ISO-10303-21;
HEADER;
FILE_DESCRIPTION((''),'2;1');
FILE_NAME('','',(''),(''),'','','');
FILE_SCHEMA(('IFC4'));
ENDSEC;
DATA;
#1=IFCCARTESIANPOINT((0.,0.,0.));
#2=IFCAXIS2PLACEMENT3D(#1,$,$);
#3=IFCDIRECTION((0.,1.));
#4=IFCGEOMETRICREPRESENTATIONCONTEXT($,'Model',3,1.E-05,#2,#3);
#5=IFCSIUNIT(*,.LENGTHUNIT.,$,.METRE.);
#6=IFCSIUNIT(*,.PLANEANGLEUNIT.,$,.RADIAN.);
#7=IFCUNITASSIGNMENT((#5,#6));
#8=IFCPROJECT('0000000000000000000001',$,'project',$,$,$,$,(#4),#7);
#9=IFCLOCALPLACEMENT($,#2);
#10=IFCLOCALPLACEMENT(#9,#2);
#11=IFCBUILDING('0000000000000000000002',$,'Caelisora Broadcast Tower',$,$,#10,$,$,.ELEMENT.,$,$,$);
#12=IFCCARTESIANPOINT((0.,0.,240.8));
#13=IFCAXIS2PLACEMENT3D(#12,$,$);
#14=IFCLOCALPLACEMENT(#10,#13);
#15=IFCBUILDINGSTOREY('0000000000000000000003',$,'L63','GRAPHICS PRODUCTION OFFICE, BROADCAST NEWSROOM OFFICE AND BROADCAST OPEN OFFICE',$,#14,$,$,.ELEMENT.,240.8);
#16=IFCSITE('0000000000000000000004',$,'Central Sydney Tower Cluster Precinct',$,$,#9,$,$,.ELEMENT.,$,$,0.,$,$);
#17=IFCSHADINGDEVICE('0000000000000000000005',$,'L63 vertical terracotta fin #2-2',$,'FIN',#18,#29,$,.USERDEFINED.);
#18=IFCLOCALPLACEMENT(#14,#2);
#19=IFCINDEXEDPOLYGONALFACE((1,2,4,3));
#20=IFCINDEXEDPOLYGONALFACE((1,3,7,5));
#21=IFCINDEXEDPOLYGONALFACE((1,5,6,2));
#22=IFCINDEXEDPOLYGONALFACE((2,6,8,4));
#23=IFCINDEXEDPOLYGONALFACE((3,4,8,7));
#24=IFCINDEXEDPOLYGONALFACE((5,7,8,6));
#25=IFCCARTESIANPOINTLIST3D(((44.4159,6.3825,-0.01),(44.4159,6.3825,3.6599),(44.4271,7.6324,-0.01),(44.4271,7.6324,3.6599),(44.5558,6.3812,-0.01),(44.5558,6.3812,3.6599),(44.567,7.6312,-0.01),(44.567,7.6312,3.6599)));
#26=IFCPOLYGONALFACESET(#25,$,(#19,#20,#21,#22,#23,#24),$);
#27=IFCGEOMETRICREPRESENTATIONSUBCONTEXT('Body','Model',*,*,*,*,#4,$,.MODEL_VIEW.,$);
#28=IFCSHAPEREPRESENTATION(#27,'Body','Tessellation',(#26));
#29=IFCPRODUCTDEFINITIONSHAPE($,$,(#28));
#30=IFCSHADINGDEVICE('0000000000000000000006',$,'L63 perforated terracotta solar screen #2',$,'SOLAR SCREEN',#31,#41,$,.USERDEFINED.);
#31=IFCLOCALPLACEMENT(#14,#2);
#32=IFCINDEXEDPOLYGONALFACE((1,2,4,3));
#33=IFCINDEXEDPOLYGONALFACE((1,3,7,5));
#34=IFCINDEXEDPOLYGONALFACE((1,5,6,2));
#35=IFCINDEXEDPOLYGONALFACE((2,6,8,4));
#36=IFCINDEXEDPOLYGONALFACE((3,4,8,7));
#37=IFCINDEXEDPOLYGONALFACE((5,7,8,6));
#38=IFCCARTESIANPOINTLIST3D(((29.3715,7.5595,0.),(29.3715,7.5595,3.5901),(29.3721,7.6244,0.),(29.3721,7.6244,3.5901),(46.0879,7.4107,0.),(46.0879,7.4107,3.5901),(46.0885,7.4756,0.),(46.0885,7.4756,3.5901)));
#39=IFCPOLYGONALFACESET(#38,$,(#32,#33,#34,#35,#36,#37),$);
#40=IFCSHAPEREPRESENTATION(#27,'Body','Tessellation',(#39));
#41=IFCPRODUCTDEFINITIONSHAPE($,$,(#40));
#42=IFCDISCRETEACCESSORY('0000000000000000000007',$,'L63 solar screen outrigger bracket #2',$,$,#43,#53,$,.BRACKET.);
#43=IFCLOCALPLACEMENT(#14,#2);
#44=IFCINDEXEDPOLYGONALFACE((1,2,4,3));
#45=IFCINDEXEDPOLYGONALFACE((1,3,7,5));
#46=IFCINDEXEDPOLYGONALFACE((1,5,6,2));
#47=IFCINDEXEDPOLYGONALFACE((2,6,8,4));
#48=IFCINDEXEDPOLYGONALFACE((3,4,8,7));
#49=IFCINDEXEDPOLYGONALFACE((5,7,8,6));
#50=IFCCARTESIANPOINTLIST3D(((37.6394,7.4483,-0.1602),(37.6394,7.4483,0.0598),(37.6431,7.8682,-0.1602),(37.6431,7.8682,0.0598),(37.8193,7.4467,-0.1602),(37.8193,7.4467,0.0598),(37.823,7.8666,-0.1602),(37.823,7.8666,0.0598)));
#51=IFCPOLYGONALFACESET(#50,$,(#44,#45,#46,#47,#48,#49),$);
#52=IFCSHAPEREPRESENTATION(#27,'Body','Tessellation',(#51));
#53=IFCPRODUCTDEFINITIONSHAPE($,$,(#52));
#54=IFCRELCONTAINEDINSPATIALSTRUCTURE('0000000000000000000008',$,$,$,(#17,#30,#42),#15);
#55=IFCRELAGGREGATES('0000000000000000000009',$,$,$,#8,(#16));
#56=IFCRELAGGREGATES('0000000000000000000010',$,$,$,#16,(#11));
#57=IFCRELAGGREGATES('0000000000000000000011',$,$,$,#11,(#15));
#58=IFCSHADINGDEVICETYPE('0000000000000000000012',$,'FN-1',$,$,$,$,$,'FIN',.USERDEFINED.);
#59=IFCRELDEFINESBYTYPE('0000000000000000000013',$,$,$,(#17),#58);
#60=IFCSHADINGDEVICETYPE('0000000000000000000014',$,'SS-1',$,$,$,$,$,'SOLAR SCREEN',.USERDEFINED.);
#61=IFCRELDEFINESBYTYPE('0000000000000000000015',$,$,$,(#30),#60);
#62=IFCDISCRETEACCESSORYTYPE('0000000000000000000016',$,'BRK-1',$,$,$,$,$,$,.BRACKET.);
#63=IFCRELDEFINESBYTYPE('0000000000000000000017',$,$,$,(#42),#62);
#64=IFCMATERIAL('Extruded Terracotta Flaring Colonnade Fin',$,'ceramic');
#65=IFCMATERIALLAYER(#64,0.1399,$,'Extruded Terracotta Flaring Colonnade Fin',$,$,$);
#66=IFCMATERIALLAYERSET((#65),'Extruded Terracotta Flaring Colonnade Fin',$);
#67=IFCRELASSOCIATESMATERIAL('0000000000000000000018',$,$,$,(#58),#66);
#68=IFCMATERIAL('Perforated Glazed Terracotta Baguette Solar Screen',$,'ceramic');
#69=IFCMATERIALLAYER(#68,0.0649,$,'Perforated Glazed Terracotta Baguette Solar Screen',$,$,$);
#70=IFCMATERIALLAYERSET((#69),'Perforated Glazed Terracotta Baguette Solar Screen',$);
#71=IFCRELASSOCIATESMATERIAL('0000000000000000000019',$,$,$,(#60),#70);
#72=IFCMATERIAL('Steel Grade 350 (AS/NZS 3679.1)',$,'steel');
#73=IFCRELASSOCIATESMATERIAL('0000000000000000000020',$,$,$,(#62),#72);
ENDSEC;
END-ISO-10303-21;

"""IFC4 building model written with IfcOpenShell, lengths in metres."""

from ifc_helpers import new_model, si_unit, direction, frame, origin, origin_2d, place, context, subcontext, project, spatial, rectangle, extrude, source, transform, mapped, material, layer, layer_set, type_object, type_shapes, element, save


model = new_model("IFC4")

# Units and contexts
model_context = context("Model", 3, precision=1e-05, world=origin(), true_north=direction((0.0, 1.0)))
body_context = subcontext(model_context, "Body", "Model", "MODEL_VIEW")
ifc_project = project(units=[si_unit("LENGTHUNIT", "METRE"), si_unit("PLANEANGLEUNIT", "RADIAN")], contexts=[model_context])

# Site, building, storey
site_placement = place(None, origin())
site = spatial("IfcSite", under=ifc_project, at=site_placement, Name="Central Sydney Tower Cluster Precinct", CompositionType="ELEMENT", RefElevation=0.0)
building_placement = place(site_placement, origin())
building = spatial("IfcBuilding", under=site, at=building_placement, Name="Caelisora Broadcast Tower", CompositionType="ELEMENT")
storey_placement = place(building_placement, frame((0.0, 0.0, 240.8)))
storey = spatial("IfcBuildingStorey", under=building, at=storey_placement, Name="L63", Description="GRAPHICS PRODUCTION OFFICE, BROADCAST NEWSROOM OFFICE AND BROADCAST OPEN OFFICE", CompositionType="ELEMENT", Elevation=240.8)

# Shared definitions
ifc_material_1 = material(Name="Steel Grade 350 (AS/NZS 3679.1)", Category="steel")

# Shading devices
ifc_material_2 = material(Name="Extruded Terracotta Flaring Colonnade Fin", Category="ceramic")
ifc_layer_1 = layer(ifc_material_2, 0.1399, Name="Extruded Terracotta Flaring Colonnade Fin")
ifc_layer_set_1 = layer_set([ifc_layer_1], Name="Extruded Terracotta Flaring Colonnade Fin")
shading_device_type_1 = type_object("IfcShadingDeviceType", Name="FN-1", ElementType="FIN", PredefinedType="USERDEFINED", material=ifc_layer_set_1)
shared_shape_1 = source(origin(), body_context, "Body", "SweptSolid", [
    extrude(rectangle(XDim=0.1399, YDim=1.25, at=origin_2d()), origin(), (0.0, 0.0, 1.0), 3.6699),
])
type_shapes(shading_device_type_1, [shared_shape_1])
shading_device_1_placement = place(storey_placement, frame((44.4915, 7.0068, -0.01), z_axis=(0.0, 0.0, 1.0), x_axis=(-0.99996, 0.008901, 0.0)))
element("IfcShadingDevice", 1, at=shading_device_1_placement, inside=storey, type_object=shading_device_type_1, Name="L63 vertical terracotta fin #2-2", ObjectType="FIN", PredefinedType="USERDEFINED", context=body_context, shape_type="MappedRepresentation", body=[
    mapped(shared_shape_1, transform((0.0, 0.0, 0.0), scale=1.0)),
])
ifc_material_3 = material(Name="Perforated Glazed Terracotta Baguette Solar Screen", Category="ceramic")
ifc_layer_2 = layer(ifc_material_3, 0.0649, Name="Perforated Glazed Terracotta Baguette Solar Screen")
ifc_layer_set_2 = layer_set([ifc_layer_2], Name="Perforated Glazed Terracotta Baguette Solar Screen")
shading_device_type_2 = type_object("IfcShadingDeviceType", Name="SS-1", ElementType="SOLAR SCREEN", PredefinedType="USERDEFINED", material=ifc_layer_set_2)
shared_shape_2 = source(origin(), body_context, "Body", "SweptSolid", [
    extrude(rectangle(XDim=16.717, YDim=0.0649, at=origin_2d()), origin(), (0.0, 0.0, 1.0), 3.5901),
])
type_shapes(shading_device_type_2, [shared_shape_2])
shading_device_2_placement = place(storey_placement, frame((37.73, 7.5176, 0.0), z_axis=(0.0, 0.0, 1.0), x_axis=(0.99996, -0.008901, 0.0)))
element("IfcShadingDevice", 2, at=shading_device_2_placement, inside=storey, type_object=shading_device_type_2, Name="L63 perforated terracotta solar screen #2", ObjectType="SOLAR SCREEN", PredefinedType="USERDEFINED", context=body_context, shape_type="MappedRepresentation", body=[
    mapped(shared_shape_2, transform((0.0, 0.0, 0.0), scale=1.0)),
])

# Discrete accessory
discrete_accessory_type = type_object("IfcDiscreteAccessoryType", Name="BRK-1", PredefinedType="BRACKET", material=ifc_material_1)
shared_shape_3 = source(origin(), body_context, "Body", "SweptSolid", [
    extrude(rectangle(XDim=0.1799, YDim=0.4199, at=origin_2d()), origin(), (0.0, 0.0, 1.0), 0.22),
])
type_shapes(discrete_accessory_type, [shared_shape_3])
discrete_accessory_placement = place(storey_placement, frame((37.7312, 7.6575, -0.1602), z_axis=(0.0, 0.0, 1.0), x_axis=(0.99996, -0.008901, 0.0)))
element("IfcDiscreteAccessory", 3, at=discrete_accessory_placement, inside=storey, type_object=discrete_accessory_type, Name="L63 solar screen outrigger bracket #2", PredefinedType="BRACKET", context=body_context, shape_type="MappedRepresentation", body=[
    mapped(shared_shape_3, transform((0.0, 0.0, 0.0), scale=1.0)),
])

save(model, "model.ifc")
